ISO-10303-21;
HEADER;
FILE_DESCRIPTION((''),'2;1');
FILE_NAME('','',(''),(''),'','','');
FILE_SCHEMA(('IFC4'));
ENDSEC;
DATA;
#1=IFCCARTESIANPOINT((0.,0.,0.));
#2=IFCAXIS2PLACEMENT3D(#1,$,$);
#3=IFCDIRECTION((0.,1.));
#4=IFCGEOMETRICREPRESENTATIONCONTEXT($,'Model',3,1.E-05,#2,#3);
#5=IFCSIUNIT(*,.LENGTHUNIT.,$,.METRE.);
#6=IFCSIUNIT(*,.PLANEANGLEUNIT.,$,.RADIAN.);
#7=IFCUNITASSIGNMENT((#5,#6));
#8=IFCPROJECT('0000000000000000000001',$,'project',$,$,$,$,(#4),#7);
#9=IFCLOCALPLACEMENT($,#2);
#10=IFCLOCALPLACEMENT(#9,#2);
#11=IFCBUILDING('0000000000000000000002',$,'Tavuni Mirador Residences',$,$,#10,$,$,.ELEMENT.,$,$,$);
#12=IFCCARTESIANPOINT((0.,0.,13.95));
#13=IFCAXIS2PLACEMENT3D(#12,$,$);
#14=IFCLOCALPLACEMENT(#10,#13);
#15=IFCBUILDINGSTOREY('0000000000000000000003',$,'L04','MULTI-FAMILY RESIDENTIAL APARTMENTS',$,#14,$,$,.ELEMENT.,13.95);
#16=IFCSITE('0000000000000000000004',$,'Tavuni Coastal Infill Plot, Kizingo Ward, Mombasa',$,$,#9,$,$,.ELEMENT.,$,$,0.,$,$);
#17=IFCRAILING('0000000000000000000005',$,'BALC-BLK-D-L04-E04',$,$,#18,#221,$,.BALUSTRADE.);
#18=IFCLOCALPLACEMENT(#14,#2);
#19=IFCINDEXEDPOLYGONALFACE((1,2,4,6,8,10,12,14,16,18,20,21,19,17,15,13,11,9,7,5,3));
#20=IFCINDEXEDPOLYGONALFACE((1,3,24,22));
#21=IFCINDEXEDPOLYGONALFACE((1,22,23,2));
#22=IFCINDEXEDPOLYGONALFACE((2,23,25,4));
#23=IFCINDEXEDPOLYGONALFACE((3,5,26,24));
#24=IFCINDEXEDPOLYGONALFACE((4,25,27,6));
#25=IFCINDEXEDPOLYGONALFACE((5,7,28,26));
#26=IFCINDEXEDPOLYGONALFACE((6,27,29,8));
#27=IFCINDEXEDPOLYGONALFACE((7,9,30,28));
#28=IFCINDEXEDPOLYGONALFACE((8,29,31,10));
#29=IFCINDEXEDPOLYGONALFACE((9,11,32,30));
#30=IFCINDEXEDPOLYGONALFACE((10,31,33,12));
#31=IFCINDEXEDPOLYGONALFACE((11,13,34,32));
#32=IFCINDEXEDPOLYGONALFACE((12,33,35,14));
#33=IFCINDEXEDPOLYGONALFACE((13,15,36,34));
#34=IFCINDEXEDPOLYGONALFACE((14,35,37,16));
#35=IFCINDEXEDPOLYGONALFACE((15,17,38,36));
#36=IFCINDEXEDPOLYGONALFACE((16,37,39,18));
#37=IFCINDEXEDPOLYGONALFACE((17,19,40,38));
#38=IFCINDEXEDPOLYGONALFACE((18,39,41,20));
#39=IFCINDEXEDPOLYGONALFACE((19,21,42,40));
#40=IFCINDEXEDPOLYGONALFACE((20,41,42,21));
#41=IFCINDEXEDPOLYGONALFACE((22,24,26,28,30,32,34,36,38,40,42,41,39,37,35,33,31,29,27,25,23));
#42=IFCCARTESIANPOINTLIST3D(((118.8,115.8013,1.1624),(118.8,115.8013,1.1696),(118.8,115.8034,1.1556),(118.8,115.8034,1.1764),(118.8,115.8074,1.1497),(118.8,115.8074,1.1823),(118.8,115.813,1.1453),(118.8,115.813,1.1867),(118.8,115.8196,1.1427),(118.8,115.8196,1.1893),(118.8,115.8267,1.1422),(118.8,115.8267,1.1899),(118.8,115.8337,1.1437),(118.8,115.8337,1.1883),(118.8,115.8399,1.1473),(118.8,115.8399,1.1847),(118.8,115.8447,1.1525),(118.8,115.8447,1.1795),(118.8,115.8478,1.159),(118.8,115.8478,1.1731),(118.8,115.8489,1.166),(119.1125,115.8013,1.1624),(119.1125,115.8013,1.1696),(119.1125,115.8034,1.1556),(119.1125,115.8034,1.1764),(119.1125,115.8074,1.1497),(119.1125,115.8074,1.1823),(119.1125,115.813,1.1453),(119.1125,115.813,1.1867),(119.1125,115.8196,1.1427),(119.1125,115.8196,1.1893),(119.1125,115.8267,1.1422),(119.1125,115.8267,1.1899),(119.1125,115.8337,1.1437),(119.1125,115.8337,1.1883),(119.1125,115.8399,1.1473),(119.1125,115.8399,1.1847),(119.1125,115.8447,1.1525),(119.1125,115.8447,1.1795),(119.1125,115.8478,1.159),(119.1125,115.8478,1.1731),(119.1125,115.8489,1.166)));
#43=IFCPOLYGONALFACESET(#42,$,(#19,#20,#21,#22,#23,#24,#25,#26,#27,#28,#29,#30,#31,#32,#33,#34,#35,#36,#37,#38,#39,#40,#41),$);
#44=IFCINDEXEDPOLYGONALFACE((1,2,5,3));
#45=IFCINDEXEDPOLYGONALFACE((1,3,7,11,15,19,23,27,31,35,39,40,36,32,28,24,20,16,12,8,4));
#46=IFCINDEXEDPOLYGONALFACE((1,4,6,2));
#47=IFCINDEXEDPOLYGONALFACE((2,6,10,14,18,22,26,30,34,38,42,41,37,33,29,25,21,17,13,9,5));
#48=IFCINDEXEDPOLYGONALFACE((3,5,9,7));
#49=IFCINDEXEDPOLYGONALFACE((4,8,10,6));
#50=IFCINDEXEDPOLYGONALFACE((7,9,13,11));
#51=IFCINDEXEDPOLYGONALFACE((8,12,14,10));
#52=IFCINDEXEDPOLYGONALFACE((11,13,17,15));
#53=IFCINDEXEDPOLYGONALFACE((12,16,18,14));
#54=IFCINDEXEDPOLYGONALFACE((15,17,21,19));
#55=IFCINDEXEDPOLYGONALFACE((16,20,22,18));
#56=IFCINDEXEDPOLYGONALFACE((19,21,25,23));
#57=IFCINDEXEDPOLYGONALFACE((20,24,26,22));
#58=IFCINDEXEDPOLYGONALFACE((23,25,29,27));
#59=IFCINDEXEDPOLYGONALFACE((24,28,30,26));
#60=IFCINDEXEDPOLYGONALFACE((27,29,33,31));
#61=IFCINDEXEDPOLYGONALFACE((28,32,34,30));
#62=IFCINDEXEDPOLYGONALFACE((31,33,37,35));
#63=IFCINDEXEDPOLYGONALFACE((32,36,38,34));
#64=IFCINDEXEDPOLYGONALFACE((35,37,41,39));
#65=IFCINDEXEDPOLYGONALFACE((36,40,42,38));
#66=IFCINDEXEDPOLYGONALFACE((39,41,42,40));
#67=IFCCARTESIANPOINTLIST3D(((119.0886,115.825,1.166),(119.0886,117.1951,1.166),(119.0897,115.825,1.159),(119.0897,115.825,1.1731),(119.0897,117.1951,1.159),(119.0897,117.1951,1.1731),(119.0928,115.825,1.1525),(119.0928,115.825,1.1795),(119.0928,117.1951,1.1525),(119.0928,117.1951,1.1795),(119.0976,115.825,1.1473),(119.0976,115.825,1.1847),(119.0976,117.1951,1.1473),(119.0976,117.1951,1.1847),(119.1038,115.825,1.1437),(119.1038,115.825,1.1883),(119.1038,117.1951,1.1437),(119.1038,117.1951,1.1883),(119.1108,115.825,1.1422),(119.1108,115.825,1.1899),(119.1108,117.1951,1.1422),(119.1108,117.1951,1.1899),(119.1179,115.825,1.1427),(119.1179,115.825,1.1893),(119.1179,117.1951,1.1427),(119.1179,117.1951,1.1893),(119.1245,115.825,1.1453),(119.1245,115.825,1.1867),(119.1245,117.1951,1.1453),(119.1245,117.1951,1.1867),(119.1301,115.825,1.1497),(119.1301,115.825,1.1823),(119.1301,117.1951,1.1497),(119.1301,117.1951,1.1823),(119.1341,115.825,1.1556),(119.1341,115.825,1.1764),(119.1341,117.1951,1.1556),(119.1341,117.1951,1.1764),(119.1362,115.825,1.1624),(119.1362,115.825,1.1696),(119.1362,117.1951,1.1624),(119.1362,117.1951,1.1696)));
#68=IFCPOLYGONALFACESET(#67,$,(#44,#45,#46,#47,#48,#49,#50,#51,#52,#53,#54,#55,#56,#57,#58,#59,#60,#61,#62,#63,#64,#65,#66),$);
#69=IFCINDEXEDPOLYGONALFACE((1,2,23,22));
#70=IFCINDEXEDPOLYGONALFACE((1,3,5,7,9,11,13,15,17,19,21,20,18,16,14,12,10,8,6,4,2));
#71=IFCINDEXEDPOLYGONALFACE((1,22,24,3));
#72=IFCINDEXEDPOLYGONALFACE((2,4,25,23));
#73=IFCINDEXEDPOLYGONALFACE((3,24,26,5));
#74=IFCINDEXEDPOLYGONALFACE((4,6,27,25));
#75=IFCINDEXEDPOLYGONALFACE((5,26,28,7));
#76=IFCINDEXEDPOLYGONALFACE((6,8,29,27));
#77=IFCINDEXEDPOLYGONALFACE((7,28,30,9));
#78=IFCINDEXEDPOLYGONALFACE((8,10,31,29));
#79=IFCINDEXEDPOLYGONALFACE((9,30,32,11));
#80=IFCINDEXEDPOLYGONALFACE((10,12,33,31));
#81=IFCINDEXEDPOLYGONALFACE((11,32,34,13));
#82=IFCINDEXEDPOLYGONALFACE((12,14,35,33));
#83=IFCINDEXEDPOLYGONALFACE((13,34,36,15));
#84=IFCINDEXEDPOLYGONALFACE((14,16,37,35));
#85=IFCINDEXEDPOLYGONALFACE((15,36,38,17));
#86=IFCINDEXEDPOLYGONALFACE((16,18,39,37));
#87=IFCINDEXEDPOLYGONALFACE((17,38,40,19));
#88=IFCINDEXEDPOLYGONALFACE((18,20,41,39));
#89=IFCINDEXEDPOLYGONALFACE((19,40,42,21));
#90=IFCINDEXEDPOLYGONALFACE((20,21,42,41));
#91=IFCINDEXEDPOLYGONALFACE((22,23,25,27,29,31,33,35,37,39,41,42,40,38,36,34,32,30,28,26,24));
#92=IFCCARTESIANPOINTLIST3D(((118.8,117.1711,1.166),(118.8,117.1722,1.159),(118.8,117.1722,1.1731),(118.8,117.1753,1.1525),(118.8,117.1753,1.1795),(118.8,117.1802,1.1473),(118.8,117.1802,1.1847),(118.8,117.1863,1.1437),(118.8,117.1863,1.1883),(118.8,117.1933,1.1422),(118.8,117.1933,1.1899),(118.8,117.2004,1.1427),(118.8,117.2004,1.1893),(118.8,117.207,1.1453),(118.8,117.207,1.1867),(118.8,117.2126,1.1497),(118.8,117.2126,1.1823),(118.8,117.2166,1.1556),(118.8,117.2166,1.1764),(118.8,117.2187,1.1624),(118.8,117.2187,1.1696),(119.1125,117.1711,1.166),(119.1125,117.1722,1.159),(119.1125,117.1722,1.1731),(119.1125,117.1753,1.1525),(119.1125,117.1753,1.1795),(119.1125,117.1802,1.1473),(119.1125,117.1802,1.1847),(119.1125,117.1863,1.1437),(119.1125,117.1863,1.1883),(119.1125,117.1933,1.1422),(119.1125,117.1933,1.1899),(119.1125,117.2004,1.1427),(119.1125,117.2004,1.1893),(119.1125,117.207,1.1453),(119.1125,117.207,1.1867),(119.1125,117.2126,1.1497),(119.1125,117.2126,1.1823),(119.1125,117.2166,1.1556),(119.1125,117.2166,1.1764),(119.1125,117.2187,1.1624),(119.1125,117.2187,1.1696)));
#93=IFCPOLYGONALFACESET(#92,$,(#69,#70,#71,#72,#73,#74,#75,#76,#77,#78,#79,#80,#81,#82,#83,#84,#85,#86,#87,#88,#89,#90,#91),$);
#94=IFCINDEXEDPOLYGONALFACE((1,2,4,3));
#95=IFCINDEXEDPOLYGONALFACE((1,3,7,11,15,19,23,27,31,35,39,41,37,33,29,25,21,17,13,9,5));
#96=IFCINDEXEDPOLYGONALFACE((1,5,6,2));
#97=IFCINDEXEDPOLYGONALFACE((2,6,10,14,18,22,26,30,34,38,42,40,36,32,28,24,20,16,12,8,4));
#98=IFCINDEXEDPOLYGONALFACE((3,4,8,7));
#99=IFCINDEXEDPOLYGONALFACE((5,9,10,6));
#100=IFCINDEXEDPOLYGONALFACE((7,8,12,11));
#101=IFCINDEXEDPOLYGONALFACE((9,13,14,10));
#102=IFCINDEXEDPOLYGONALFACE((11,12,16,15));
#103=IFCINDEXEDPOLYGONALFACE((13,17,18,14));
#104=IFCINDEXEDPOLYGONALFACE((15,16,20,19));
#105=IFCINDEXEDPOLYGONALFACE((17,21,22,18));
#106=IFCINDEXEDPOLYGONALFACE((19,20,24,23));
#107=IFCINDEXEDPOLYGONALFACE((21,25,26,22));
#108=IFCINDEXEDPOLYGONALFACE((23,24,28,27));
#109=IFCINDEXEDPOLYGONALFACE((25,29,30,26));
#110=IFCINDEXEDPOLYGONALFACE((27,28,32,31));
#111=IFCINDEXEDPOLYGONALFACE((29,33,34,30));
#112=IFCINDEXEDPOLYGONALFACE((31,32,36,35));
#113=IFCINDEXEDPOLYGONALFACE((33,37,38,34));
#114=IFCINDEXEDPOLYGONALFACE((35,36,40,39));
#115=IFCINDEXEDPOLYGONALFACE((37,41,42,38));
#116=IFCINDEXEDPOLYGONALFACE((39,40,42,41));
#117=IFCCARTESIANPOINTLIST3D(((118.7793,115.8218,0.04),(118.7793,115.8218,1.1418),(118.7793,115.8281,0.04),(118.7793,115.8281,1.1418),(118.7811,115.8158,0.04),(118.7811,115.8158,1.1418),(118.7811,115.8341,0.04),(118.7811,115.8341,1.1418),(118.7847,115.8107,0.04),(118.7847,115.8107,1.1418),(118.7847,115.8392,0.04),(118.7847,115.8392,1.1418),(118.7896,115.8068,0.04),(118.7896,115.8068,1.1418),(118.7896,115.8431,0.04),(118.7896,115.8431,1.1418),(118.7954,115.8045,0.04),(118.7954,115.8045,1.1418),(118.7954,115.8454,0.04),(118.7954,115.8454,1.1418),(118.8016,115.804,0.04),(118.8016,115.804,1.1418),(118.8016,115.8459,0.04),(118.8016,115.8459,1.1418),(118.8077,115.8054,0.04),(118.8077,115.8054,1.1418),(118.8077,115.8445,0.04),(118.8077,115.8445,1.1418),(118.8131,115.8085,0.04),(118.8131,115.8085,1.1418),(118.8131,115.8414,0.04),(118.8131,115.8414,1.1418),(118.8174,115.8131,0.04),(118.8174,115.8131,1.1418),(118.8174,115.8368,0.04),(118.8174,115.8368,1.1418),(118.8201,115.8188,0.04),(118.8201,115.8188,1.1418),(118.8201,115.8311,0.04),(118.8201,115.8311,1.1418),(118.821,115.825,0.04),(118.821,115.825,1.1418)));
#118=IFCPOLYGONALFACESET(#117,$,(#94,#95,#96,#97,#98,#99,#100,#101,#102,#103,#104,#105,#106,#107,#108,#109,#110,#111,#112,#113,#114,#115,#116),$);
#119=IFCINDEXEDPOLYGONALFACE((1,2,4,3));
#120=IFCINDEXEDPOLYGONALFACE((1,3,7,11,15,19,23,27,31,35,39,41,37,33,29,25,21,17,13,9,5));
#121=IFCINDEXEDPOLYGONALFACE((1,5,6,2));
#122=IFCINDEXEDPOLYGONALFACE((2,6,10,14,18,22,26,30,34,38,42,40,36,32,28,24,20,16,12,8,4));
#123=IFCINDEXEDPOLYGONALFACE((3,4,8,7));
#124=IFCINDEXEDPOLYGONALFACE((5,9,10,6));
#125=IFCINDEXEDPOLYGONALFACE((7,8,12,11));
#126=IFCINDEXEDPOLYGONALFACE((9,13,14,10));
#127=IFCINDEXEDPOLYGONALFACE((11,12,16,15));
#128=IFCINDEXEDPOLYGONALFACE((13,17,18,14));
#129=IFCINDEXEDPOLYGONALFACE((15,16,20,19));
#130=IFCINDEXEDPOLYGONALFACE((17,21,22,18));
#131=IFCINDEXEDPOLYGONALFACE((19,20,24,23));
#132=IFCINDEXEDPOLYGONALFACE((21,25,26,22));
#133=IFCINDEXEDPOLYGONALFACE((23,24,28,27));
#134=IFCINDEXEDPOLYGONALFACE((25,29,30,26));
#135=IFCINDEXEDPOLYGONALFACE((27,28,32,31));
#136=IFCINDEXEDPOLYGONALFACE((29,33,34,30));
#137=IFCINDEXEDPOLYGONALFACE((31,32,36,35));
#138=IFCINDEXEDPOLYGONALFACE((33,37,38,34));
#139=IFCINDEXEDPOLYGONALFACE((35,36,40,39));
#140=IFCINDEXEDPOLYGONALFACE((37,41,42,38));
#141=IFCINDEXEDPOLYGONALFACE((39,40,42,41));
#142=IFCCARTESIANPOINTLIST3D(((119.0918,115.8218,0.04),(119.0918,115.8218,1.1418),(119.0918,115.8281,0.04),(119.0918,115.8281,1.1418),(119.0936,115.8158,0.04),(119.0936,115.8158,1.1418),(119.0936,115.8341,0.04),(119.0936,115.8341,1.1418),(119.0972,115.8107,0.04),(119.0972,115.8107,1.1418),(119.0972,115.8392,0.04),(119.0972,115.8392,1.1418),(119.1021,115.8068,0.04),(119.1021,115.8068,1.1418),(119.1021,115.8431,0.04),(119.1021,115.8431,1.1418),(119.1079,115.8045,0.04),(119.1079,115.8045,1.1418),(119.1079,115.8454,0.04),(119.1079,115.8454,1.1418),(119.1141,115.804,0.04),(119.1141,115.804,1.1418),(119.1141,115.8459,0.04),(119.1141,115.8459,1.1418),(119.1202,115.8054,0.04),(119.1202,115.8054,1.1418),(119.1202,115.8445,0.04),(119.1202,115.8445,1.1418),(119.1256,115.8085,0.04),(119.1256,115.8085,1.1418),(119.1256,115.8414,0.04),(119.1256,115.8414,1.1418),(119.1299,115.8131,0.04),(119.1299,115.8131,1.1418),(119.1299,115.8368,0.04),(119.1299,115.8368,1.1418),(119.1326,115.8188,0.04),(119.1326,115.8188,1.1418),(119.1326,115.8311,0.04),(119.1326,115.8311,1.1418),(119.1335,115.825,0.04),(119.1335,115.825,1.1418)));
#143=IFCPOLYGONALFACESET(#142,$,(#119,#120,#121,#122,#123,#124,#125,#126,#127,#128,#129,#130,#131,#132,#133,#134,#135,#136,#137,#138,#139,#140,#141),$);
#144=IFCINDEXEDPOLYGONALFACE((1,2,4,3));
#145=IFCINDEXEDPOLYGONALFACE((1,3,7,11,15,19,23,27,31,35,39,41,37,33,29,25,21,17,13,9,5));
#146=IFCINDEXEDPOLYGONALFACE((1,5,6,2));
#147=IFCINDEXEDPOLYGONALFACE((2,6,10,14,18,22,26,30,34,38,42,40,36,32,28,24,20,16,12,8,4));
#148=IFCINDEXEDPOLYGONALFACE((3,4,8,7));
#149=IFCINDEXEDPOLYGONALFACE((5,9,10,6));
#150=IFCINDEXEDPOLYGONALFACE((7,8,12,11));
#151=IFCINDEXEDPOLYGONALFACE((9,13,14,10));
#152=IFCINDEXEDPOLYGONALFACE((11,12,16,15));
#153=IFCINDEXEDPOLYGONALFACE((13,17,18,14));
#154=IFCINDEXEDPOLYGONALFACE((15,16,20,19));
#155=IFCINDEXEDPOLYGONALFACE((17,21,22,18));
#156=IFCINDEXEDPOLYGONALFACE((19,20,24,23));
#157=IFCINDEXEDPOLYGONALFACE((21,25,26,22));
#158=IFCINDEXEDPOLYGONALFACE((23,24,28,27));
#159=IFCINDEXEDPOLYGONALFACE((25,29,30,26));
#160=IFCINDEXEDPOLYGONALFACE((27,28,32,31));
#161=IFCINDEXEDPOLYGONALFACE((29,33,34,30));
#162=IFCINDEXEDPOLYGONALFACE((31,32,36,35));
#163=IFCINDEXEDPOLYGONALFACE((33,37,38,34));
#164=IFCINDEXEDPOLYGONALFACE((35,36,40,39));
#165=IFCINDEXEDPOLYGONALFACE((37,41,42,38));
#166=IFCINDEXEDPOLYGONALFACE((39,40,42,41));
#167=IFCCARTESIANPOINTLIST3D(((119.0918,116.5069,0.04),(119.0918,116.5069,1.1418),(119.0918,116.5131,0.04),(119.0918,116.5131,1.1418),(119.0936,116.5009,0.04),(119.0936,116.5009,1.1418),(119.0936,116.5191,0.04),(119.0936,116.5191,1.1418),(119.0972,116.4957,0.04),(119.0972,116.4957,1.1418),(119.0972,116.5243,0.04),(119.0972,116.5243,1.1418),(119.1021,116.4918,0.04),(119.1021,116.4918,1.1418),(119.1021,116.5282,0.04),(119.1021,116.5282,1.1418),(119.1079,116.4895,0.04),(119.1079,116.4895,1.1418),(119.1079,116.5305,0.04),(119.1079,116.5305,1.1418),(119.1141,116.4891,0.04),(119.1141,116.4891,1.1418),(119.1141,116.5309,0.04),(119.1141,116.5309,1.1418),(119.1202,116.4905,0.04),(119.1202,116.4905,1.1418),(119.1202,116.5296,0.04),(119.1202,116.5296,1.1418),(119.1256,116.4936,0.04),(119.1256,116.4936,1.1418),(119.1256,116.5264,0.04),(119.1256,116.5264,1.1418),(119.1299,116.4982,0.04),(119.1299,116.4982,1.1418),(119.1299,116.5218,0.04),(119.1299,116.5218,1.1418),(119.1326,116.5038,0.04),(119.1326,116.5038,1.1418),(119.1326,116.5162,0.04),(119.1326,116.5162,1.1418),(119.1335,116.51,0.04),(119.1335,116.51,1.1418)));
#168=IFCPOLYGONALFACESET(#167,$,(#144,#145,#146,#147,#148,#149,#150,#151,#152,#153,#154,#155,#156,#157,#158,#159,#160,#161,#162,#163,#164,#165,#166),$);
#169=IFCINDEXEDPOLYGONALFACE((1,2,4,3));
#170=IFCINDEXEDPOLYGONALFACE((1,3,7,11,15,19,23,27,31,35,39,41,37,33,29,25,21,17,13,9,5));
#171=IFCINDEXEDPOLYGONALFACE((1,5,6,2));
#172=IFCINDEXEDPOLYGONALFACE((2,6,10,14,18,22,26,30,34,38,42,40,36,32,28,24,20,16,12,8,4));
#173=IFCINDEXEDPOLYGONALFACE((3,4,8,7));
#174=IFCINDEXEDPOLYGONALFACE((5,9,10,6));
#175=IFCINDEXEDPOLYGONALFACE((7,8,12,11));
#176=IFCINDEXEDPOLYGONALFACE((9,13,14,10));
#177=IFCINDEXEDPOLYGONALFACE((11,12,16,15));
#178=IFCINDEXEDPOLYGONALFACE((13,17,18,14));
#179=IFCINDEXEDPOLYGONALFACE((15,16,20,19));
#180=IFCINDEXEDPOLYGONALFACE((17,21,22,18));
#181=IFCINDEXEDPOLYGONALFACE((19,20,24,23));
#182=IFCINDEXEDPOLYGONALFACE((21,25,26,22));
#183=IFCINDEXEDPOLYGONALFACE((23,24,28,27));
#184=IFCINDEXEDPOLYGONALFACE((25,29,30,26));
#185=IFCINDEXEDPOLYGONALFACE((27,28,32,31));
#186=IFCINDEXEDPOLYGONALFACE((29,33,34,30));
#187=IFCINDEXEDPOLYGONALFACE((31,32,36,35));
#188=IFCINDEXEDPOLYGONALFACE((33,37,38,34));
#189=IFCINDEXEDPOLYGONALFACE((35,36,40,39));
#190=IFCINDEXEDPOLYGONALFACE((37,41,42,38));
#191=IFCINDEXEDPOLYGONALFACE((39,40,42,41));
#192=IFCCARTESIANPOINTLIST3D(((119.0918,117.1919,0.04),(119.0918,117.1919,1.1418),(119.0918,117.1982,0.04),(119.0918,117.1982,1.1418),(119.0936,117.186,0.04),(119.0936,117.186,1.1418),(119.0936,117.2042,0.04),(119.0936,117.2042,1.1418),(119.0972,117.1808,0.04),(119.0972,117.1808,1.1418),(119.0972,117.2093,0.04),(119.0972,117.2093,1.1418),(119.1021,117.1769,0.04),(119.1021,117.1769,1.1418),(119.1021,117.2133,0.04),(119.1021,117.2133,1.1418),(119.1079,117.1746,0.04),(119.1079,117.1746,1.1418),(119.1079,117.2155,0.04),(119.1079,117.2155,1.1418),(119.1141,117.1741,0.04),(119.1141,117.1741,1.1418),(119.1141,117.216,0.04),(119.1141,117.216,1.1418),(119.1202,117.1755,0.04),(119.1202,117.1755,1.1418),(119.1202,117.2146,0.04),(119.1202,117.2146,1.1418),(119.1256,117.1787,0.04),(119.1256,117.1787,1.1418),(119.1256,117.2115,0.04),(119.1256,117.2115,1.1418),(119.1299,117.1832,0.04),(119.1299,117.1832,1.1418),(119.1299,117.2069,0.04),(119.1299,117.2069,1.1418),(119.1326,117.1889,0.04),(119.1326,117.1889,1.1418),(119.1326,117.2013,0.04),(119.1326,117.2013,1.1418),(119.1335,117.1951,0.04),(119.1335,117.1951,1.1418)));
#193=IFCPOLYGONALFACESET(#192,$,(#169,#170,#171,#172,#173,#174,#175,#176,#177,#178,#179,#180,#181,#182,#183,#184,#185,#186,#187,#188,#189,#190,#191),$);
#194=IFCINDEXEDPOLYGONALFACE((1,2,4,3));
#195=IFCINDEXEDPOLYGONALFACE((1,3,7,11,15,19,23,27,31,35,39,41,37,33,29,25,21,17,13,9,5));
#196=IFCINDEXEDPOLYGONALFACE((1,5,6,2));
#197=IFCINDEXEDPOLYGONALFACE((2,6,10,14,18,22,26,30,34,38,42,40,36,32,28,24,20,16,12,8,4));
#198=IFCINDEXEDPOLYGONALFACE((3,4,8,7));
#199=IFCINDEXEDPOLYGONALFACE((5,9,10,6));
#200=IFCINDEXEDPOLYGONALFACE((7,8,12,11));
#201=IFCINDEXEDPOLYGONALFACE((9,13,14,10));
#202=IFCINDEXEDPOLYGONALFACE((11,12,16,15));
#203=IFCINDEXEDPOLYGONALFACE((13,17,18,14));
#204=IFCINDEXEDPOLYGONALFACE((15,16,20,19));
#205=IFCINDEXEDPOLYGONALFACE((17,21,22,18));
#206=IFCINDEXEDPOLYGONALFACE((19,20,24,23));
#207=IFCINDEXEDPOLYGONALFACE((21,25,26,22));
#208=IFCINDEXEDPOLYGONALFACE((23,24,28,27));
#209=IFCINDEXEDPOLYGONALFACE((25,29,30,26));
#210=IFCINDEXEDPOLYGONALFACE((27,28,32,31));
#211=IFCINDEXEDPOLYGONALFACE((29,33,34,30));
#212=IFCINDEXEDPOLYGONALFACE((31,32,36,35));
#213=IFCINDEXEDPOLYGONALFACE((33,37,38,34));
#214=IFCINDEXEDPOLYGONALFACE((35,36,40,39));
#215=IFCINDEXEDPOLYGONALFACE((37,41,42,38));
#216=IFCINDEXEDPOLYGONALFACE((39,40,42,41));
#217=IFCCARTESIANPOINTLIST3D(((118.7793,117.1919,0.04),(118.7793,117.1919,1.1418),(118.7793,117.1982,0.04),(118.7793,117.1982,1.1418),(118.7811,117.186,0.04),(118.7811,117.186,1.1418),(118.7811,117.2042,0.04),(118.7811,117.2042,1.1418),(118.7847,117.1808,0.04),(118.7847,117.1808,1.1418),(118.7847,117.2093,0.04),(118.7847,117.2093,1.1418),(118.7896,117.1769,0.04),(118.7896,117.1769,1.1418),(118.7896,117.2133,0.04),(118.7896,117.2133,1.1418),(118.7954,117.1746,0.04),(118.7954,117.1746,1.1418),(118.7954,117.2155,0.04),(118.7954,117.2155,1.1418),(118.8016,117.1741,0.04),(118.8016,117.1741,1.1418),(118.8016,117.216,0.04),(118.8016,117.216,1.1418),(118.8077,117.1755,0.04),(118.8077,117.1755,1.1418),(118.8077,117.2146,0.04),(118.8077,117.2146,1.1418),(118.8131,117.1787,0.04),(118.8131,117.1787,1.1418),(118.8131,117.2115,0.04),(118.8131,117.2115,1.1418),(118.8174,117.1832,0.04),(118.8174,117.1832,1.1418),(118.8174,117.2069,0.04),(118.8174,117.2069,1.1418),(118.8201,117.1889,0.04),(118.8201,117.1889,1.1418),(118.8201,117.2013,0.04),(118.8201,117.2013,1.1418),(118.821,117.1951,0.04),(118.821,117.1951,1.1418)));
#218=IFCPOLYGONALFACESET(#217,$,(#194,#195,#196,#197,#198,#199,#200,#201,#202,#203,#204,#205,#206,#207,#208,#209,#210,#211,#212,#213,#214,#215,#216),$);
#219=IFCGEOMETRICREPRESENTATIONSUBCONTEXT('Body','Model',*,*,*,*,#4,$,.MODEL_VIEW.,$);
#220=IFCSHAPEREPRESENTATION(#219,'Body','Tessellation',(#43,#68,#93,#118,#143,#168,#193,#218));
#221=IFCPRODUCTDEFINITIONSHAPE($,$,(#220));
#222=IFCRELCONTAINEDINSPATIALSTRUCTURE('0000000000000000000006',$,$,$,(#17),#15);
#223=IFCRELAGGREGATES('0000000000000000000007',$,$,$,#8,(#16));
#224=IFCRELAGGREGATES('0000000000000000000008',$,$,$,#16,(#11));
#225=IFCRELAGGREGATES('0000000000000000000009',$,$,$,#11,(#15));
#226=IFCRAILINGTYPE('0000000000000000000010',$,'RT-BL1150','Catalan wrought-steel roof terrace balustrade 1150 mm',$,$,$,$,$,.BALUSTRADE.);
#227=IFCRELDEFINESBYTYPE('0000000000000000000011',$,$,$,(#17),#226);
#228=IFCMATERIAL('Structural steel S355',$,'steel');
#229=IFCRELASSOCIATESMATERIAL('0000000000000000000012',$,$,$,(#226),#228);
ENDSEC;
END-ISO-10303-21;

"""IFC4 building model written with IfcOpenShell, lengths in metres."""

from ifc_helpers import new_model, si_unit, direction, frame, origin, origin_2d, place, context, subcontext, project, spatial, circle, extrude, material, type_object, element, save


model = new_model("IFC4")

# Units and contexts
model_context = context("Model", 3, precision=1e-05, world=origin(), true_north=direction((0.0, 1.0)))
body_context = subcontext(model_context, "Body", "Model", "MODEL_VIEW")
ifc_project = project(units=[si_unit("LENGTHUNIT", "METRE"), si_unit("PLANEANGLEUNIT", "RADIAN")], contexts=[model_context])

# Site, building, storey
site_placement = place(None, origin())
site = spatial("IfcSite", under=ifc_project, at=site_placement, Name="Tavuni Coastal Infill Plot, Kizingo Ward, Mombasa", CompositionType="ELEMENT", RefElevation=0.0)
building_placement = place(site_placement, origin())
building = spatial("IfcBuilding", under=site, at=building_placement, Name="Tavuni Mirador Residences", CompositionType="ELEMENT")
storey_placement = place(building_placement, frame((0.0, 0.0, 13.95)))
storey = spatial("IfcBuildingStorey", under=building, at=storey_placement, Name="L04", Description="MULTI-FAMILY RESIDENTIAL APARTMENTS", CompositionType="ELEMENT", Elevation=13.95)

# Shared definitions
ifc_material_1 = material(Name="Structural steel S355", Category="steel")

# Railing
railing_type = type_object("IfcRailingType", Name="RT-BL1150", Description="Catalan wrought-steel roof terrace balustrade 1150 mm", PredefinedType="BALUSTRADE", material=ifc_material_1)
railing_placement = place(storey_placement, frame((118.8, 115.825, 0.04)))
element("IfcRailing", 1, at=railing_placement, inside=storey, type_object=railing_type, Name="BALC-BLK-D-L04-E04", PredefinedType="BALUSTRADE", context=body_context, shape_type="SweptSolid", body=[
    extrude(circle(Radius=0.0239, at=origin_2d()), frame((0.0, 0.0, 1.126), z_axis=(1.0, 0.0, 0.0), x_axis=(0.0, 1.0, 0.0)), (0.0, 0.0, 1.0), 0.3125),
    extrude(circle(Radius=0.0239, at=origin_2d()), frame((0.3125, 0.0, 1.126), z_axis=(0.0, 1.0, 0.0), x_axis=(-1.0, 0.0, 0.0)), (0.0, 0.0, 1.0), 1.3701),
    extrude(circle(Radius=0.0239, at=origin_2d()), frame((0.3125, 1.3701, 1.126), z_axis=(-1.0, 0.0, 0.0), x_axis=(0.0, -1.0, 0.0)), (0.0, 0.0, 1.0), 0.3125),
    extrude(circle(Radius=0.021, at=origin_2d()), origin(), (0.0, 0.0, 1.0), 1.1018),
    extrude(circle(Radius=0.021, at=origin_2d()), frame((0.3125, 0.0, 0.0)), (0.0, 0.0, 1.0), 1.1018),
    extrude(circle(Radius=0.021, at=origin_2d()), frame((0.3125, 0.6851, 0.0)), (0.0, 0.0, 1.0), 1.1018),
    extrude(circle(Radius=0.021, at=origin_2d()), frame((0.3125, 1.3701, 0.0)), (0.0, 0.0, 1.0), 1.1018),
    extrude(circle(Radius=0.021, at=origin_2d()), frame((0.0, 1.3701, 0.0)), (0.0, 0.0, 1.0), 1.1018),
])

save(model, "model.ifc")
